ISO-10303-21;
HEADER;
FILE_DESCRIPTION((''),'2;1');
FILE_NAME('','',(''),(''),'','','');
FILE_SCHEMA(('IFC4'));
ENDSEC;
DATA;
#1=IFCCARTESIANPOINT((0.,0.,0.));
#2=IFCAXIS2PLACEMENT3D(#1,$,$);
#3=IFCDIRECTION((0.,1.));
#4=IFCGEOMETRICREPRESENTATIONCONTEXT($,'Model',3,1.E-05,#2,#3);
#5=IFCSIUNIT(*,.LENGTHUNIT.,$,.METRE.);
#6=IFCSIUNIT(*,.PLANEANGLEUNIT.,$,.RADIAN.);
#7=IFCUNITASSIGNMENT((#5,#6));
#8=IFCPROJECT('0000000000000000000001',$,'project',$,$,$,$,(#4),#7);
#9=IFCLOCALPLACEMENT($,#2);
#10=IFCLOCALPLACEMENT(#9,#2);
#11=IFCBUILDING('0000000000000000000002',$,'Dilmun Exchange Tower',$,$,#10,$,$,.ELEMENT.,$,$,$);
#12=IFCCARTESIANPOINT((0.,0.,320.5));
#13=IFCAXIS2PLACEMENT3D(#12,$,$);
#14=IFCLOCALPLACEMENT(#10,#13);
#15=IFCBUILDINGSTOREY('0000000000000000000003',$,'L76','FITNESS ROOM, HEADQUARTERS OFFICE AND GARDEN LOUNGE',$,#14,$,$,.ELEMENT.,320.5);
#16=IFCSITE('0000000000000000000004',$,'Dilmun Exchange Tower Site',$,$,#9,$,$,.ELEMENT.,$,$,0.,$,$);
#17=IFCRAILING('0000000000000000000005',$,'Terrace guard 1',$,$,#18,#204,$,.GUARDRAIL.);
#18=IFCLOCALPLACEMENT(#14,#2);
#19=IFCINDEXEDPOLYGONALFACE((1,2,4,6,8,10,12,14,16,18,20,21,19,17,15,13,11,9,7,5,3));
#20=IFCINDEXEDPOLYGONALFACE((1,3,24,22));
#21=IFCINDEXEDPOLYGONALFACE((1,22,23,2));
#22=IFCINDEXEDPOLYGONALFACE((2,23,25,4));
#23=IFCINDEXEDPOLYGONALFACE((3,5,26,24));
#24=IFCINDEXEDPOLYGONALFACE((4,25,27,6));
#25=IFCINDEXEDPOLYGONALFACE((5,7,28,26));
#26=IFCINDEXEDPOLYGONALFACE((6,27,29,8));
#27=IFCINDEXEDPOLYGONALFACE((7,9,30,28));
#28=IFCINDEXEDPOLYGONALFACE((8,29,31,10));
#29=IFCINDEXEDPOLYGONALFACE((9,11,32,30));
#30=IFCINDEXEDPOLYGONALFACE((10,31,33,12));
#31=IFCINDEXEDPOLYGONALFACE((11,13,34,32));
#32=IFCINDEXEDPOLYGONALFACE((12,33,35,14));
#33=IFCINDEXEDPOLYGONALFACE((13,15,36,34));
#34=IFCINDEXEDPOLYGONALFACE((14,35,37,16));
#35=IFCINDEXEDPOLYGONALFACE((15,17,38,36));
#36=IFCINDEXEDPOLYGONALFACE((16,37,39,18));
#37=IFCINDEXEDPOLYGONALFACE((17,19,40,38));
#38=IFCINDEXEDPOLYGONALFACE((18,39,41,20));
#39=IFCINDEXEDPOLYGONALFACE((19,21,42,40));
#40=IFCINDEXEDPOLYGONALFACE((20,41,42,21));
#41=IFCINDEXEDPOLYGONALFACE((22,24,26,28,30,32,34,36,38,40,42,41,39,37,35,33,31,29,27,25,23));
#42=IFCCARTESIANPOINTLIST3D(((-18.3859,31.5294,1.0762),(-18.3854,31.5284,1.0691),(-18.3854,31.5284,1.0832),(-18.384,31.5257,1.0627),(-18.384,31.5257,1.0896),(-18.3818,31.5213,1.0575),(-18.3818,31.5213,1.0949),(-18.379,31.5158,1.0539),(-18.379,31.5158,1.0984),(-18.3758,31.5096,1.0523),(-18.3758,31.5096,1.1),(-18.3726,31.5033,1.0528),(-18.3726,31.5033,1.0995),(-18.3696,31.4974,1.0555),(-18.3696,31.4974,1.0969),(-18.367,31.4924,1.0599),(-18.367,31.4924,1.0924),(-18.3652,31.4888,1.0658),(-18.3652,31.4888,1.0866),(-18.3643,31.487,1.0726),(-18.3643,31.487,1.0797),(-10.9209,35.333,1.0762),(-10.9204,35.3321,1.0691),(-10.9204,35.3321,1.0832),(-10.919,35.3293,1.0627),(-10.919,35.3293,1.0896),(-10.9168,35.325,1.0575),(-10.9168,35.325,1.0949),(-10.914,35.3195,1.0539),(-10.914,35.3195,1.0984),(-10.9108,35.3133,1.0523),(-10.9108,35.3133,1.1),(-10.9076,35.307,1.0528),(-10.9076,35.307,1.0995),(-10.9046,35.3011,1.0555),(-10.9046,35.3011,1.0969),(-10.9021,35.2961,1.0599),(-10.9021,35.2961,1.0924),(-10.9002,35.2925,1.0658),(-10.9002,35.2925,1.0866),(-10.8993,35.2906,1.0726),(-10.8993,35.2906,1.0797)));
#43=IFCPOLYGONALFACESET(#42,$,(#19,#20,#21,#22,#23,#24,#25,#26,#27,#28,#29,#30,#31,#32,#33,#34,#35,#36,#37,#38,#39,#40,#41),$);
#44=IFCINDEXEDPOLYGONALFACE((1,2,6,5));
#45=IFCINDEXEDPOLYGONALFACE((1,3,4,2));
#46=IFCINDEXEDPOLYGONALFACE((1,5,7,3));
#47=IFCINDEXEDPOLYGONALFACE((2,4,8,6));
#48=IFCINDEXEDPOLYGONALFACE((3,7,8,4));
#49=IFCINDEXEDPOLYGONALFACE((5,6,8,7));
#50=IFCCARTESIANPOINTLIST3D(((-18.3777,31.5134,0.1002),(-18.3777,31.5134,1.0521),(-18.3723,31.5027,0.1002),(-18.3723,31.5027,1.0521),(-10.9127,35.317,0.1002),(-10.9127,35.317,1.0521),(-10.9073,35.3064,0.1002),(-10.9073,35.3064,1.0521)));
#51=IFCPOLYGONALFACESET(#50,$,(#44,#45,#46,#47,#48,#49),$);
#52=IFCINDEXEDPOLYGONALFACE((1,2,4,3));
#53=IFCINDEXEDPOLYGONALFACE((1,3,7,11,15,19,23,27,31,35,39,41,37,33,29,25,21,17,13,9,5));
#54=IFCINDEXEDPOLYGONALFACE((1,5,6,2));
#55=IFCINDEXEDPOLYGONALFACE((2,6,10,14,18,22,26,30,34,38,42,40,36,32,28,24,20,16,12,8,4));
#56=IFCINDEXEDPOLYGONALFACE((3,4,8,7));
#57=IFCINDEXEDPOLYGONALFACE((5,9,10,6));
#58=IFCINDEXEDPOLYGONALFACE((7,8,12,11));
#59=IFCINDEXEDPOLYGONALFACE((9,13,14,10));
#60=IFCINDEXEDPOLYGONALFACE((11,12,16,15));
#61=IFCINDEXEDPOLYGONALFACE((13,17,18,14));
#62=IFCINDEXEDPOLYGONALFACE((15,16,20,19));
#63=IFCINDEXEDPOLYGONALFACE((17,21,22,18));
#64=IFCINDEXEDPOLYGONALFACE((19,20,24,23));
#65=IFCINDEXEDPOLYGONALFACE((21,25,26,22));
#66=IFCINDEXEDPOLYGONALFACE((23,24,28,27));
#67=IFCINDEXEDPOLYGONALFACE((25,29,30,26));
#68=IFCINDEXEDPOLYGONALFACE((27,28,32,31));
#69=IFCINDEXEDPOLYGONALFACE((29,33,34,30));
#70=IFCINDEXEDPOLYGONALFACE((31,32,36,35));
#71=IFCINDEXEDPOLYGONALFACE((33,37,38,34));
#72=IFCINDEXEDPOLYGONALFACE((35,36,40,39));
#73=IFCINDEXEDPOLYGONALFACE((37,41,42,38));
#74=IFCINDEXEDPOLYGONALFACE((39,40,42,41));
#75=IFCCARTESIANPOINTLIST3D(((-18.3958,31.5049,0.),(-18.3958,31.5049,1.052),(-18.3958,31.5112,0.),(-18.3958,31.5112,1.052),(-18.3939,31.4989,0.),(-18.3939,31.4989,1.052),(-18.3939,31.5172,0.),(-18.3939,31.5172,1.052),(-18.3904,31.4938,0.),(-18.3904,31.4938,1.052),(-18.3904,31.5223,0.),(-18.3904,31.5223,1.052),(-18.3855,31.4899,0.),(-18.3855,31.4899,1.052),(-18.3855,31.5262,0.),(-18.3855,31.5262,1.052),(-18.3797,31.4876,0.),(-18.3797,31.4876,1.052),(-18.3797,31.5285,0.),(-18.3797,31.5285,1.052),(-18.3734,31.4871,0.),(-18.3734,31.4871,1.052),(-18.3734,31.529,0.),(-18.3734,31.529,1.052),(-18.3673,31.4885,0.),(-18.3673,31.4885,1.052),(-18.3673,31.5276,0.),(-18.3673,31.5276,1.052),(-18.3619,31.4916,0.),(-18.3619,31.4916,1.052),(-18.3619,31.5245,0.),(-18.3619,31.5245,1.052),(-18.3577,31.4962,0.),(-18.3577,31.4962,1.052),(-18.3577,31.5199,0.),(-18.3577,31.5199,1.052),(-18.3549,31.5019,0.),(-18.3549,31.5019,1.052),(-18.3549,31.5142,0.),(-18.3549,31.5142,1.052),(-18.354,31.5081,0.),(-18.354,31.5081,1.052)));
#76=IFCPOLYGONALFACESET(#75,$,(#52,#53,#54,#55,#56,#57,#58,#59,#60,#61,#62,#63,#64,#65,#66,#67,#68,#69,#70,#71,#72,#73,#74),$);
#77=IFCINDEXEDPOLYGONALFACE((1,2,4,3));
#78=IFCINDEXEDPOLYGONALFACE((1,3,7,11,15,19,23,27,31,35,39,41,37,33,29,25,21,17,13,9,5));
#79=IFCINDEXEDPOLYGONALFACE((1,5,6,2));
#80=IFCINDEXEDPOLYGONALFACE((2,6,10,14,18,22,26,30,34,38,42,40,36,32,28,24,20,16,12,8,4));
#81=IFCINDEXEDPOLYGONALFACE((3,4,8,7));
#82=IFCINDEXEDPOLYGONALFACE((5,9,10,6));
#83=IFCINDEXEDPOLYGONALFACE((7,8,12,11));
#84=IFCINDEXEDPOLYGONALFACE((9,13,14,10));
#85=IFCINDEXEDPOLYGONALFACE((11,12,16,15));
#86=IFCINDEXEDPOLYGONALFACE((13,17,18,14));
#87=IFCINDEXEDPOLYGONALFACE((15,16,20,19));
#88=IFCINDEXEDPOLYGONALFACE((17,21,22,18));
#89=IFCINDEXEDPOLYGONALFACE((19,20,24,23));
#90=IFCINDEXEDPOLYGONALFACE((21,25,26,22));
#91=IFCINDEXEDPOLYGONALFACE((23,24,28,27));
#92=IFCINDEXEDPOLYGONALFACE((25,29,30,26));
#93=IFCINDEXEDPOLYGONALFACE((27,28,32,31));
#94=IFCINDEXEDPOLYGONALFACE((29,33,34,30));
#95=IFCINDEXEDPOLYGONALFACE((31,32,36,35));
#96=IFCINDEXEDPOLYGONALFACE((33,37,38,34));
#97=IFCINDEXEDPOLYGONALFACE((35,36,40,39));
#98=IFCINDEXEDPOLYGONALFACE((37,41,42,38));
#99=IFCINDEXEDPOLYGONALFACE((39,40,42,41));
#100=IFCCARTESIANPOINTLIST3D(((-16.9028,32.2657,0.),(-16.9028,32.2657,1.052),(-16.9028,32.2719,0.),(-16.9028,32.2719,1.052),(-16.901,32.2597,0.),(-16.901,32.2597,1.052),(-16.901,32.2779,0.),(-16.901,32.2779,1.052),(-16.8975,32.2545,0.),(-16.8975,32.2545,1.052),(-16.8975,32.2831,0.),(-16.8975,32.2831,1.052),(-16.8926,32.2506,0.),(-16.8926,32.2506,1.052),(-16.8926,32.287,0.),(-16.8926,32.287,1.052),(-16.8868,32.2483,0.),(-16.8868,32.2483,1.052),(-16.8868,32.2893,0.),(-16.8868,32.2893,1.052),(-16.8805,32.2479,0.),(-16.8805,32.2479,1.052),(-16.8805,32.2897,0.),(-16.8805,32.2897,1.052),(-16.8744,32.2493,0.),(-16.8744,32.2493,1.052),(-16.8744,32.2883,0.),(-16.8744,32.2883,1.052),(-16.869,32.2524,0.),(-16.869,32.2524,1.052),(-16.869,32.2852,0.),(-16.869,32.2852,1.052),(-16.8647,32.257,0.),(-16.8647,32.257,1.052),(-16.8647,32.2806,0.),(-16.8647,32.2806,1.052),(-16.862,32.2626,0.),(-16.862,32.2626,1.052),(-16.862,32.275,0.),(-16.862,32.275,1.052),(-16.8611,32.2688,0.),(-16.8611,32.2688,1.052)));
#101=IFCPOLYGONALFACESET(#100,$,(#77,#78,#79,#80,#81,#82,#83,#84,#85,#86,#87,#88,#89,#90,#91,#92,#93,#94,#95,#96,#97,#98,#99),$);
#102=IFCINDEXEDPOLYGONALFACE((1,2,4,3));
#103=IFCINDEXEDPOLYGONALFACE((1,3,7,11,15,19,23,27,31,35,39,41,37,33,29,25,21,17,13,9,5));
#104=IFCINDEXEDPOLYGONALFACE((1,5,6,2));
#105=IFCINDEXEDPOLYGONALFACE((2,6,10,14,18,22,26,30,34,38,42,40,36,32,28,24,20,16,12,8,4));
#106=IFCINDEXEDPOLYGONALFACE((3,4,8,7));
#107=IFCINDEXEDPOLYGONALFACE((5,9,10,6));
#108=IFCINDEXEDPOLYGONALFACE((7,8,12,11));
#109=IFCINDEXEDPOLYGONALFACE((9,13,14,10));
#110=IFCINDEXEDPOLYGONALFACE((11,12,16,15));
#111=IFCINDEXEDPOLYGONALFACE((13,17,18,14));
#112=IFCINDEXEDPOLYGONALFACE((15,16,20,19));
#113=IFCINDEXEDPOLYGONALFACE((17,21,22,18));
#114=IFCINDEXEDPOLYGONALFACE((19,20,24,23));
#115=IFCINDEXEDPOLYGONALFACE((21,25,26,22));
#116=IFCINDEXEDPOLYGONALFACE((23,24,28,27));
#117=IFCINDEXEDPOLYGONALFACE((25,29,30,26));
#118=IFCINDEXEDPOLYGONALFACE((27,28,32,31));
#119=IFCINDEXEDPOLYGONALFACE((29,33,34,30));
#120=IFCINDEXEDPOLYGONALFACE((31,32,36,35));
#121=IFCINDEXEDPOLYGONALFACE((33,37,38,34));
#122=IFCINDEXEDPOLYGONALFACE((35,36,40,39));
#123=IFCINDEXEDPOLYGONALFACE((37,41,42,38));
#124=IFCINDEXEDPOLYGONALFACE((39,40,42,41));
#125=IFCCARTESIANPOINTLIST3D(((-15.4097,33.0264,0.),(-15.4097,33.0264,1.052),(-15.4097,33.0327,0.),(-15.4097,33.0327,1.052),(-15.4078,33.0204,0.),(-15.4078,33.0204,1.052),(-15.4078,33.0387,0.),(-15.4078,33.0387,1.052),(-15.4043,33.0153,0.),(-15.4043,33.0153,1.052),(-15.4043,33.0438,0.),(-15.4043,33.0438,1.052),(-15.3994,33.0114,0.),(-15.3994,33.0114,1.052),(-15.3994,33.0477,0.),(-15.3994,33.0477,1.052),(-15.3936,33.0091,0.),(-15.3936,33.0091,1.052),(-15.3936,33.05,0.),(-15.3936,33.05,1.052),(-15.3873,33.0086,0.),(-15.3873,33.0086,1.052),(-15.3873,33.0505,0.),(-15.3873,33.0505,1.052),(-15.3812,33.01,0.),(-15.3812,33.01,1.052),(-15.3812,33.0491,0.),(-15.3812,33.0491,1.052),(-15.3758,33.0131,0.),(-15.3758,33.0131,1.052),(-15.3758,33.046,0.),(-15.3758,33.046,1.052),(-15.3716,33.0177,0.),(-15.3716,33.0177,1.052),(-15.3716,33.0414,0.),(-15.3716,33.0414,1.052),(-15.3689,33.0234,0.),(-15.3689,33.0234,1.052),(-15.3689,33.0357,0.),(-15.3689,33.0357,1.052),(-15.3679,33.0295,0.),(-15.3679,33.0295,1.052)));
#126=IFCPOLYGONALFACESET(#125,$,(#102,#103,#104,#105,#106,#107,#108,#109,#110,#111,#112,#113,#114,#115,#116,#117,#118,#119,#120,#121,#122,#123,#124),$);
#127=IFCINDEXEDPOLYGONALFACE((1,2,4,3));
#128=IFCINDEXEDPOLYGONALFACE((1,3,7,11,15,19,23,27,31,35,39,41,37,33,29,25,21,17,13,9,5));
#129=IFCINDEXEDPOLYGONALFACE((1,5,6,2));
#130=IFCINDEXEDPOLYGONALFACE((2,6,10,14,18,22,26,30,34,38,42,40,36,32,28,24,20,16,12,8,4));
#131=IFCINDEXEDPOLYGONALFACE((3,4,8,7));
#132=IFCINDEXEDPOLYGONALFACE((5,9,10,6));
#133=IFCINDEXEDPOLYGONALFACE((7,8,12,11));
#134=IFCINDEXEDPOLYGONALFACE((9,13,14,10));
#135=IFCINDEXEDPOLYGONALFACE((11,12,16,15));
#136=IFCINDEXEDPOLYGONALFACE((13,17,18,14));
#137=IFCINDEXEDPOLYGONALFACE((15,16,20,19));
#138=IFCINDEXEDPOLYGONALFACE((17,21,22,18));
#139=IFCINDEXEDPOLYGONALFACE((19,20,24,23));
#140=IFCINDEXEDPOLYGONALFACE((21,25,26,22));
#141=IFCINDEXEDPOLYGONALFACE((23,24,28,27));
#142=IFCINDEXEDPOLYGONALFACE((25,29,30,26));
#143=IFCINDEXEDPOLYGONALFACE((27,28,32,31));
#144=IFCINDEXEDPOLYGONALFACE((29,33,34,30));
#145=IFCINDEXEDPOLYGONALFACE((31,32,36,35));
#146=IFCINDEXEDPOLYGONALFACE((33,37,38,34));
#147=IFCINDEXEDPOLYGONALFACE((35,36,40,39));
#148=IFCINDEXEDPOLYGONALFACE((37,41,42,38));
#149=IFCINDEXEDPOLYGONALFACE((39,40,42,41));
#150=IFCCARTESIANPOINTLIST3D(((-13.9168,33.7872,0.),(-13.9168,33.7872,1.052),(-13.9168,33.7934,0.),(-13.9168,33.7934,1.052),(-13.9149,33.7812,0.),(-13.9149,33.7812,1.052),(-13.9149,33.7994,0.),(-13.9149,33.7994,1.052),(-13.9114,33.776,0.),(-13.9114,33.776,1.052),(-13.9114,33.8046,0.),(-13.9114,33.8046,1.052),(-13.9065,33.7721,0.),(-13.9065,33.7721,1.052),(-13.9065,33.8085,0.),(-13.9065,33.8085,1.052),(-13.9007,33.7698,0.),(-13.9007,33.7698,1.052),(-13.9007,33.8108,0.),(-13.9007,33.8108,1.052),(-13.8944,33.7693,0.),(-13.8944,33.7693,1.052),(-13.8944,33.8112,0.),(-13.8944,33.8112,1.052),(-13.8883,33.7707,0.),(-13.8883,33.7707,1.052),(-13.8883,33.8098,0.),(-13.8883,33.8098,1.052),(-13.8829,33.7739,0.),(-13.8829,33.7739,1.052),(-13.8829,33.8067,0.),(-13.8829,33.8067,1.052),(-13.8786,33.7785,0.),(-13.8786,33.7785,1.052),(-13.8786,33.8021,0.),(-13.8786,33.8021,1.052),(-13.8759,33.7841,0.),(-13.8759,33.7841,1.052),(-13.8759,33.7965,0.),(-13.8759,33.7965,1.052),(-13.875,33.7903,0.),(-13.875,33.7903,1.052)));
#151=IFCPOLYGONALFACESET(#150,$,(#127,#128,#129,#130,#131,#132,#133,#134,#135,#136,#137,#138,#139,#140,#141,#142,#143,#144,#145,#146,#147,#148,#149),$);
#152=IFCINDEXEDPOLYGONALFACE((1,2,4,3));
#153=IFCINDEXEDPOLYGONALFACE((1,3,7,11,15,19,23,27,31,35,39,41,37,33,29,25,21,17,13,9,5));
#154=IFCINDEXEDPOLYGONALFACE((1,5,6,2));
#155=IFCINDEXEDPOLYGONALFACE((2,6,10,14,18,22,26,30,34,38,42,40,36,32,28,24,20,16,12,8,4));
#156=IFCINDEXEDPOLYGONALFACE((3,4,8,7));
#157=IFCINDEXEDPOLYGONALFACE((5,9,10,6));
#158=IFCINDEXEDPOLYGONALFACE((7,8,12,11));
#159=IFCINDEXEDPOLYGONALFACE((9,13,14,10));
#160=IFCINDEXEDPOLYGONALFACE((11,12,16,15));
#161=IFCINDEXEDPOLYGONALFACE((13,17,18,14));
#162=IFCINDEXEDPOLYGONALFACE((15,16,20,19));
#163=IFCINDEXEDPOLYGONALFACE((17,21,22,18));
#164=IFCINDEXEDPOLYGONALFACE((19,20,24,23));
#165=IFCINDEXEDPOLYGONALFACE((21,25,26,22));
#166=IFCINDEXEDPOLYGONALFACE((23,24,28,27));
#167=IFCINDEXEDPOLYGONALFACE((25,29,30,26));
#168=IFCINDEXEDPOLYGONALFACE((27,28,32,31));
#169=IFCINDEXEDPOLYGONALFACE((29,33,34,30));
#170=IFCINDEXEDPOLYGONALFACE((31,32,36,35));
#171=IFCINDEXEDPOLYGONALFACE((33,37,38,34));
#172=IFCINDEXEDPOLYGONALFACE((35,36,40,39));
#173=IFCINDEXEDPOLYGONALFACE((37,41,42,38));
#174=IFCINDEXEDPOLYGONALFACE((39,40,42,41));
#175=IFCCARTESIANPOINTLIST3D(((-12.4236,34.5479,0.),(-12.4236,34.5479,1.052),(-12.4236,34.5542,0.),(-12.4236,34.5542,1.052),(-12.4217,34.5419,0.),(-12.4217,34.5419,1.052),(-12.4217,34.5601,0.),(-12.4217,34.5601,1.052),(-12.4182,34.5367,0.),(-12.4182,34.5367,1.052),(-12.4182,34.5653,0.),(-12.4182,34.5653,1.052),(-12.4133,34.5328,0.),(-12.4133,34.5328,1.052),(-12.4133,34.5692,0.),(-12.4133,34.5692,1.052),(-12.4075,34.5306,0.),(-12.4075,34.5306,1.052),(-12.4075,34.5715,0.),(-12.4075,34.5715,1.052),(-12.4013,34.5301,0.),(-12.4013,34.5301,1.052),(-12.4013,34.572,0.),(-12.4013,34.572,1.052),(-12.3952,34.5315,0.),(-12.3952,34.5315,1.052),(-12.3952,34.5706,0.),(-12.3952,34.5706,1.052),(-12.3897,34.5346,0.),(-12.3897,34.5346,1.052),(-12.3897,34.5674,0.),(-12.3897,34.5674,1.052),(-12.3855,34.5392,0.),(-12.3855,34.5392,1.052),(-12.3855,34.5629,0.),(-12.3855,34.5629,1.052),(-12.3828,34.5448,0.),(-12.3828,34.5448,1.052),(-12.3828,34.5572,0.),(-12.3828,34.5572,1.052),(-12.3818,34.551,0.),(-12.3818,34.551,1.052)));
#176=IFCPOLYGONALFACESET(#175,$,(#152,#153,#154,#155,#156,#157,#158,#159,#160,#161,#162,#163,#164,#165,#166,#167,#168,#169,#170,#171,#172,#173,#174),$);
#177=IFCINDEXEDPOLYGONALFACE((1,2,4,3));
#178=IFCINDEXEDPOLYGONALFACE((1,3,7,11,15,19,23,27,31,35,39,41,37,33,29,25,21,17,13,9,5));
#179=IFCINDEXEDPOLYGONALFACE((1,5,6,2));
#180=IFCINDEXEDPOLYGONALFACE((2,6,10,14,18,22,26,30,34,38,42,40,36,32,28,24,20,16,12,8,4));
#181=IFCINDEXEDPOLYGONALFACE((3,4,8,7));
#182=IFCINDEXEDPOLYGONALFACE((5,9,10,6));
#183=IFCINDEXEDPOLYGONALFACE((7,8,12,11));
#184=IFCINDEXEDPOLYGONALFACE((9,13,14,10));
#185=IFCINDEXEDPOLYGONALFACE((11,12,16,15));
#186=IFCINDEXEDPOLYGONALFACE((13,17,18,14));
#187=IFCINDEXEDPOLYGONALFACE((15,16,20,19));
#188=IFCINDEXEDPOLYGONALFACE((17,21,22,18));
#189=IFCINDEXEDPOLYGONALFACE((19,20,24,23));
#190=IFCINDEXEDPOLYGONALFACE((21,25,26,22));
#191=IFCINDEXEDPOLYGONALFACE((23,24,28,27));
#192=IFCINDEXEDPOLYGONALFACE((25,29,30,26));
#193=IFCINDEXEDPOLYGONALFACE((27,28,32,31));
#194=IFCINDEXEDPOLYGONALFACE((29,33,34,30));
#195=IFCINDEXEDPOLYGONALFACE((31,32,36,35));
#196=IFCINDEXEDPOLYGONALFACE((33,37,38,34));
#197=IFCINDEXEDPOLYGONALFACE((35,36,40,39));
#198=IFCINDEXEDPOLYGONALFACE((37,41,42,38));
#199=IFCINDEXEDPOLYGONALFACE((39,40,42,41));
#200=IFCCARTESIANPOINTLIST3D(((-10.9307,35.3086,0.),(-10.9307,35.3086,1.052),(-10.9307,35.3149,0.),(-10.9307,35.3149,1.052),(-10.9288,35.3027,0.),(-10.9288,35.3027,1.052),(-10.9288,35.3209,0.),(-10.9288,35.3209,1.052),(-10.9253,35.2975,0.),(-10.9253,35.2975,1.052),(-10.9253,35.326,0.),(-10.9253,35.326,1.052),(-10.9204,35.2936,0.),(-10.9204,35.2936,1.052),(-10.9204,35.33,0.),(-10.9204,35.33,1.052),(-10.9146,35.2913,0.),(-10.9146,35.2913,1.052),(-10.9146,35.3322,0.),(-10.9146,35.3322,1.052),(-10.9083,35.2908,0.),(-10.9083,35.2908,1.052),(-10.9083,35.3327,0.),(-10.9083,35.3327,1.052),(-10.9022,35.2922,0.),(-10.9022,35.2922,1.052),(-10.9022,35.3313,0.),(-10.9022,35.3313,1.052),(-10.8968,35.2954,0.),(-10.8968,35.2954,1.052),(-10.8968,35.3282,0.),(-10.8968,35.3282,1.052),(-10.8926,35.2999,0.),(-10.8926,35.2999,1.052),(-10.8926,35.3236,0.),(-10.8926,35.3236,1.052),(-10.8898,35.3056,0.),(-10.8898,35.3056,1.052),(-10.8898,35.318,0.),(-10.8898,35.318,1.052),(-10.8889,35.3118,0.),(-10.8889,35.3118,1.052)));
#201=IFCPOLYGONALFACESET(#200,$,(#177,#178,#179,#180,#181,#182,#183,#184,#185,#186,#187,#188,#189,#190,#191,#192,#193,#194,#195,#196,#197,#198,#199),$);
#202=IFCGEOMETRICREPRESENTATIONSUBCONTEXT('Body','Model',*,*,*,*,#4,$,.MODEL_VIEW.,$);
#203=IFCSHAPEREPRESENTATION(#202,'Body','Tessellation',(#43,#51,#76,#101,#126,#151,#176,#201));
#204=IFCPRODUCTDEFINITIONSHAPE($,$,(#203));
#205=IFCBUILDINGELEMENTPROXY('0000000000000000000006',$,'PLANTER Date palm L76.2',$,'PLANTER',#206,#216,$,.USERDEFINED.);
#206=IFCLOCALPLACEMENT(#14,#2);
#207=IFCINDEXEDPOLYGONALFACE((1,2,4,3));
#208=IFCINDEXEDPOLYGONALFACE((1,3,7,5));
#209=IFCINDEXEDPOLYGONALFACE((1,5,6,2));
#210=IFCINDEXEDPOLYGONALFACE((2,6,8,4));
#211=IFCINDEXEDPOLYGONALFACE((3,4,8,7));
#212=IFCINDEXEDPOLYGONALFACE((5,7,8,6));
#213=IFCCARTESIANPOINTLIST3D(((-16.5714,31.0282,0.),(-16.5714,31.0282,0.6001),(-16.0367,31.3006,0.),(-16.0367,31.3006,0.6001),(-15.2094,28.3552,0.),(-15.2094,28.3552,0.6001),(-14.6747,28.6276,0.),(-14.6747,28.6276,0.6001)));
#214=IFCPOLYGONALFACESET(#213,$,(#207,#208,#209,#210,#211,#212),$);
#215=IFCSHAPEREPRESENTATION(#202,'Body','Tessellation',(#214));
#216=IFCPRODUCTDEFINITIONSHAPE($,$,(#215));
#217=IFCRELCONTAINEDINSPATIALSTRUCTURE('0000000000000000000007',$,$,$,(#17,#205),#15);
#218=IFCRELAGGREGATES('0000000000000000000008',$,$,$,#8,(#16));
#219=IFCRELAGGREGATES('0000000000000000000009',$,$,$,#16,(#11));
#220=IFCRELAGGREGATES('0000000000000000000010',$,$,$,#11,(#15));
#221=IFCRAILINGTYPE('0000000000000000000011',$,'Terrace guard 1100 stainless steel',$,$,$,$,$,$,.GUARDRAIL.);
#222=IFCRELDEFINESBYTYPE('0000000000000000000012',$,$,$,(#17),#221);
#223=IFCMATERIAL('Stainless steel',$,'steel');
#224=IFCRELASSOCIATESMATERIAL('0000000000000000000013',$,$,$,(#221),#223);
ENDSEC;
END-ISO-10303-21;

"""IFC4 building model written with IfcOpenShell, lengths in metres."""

from ifc_helpers import new_model, si_unit, direction, frame, origin, origin_2d, place, context, subcontext, project, spatial, rectangle, circle, extrude, material, type_object, element, save


model = new_model("IFC4")

# Units and contexts
model_context = context("Model", 3, precision=1e-05, world=origin(), true_north=direction((0.0, 1.0)))
body_context = subcontext(model_context, "Body", "Model", "MODEL_VIEW")
ifc_project = project(units=[si_unit("LENGTHUNIT", "METRE"), si_unit("PLANEANGLEUNIT", "RADIAN")], contexts=[model_context])

# Site, building, storey
site_placement = place(None, origin())
site = spatial("IfcSite", under=ifc_project, at=site_placement, Name="Dilmun Exchange Tower Site", CompositionType="ELEMENT", RefElevation=0.0)
building_placement = place(site_placement, origin())
building = spatial("IfcBuilding", under=site, at=building_placement, Name="Dilmun Exchange Tower", CompositionType="ELEMENT")
storey_placement = place(building_placement, frame((0.0, 0.0, 320.5)))
storey = spatial("IfcBuildingStorey", under=building, at=storey_placement, Name="L76", Description="FITNESS ROOM, HEADQUARTERS OFFICE AND GARDEN LOUNGE", CompositionType="ELEMENT", Elevation=320.5)

# Railing
ifc_material_1 = material(Name="Stainless steel", Category="steel")
railing_type = type_object("IfcRailingType", Name="Terrace guard 1100 stainless steel", PredefinedType="GUARDRAIL", material=ifc_material_1)
railing_placement = place(storey_placement, frame((-18.375, 31.5081, 0.0)))
element("IfcRailing", 1, at=railing_placement, inside=storey, type_object=railing_type, Name="Terrace guard 1", PredefinedType="GUARDRAIL", context=body_context, shape_type="SweptSolid", body=[
    extrude(circle(Radius=0.0239, at=origin_2d()), frame((0.0, 0.0, 1.0762), z_axis=(0.891004, 0.453996, 0.0), x_axis=(-0.453996, 0.891004, 0.0)), (0.0, 0.0, 1.0), 8.3782),
    extrude(rectangle(XDim=0.012, YDim=0.9519, at=origin_2d()), frame((0.0, 0.0, 0.5762), z_axis=(0.891004, 0.453996, 0.0), x_axis=(-0.453996, 0.891004, 0.0)), (0.0, 0.0, 1.0), 8.3782),
    extrude(circle(Radius=0.021, at=origin_2d()), origin(), (0.0, 0.0, 1.0), 1.052),
    extrude(circle(Radius=0.021, at=origin_2d()), frame((1.4929, 0.7607, 0.0)), (0.0, 0.0, 1.0), 1.052),
    extrude(circle(Radius=0.021, at=origin_2d()), frame((2.9861, 1.5215, 0.0)), (0.0, 0.0, 1.0), 1.052),
    extrude(circle(Radius=0.021, at=origin_2d()), frame((4.479, 2.2822, 0.0)), (0.0, 0.0, 1.0), 1.052),
    extrude(circle(Radius=0.021, at=origin_2d()), frame((5.9722, 3.043, 0.0)), (0.0, 0.0, 1.0), 1.052),
    extrude(circle(Radius=0.021, at=origin_2d()), frame((7.4651, 3.8037, 0.0)), (0.0, 0.0, 1.0), 1.052),
])

# Building element proxy
proxy_placement = place(storey_placement, frame((-15.623, 29.8279, 0.0), z_axis=(0.0, 0.0, 1.0), x_axis=(-0.45399, 0.891007, 0.0)))
element("IfcBuildingElementProxy", 2, at=proxy_placement, inside=storey, Name="PLANTER Date palm L76.2", ObjectType="PLANTER", PredefinedType="USERDEFINED", context=body_context, shape_type="SweptSolid", body=[
    extrude(rectangle(XDim=3.0, YDim=0.6001, at=origin_2d()), origin(), (0.0, 0.0, 1.0), 0.6001),
])

save(model, "model.ifc")
